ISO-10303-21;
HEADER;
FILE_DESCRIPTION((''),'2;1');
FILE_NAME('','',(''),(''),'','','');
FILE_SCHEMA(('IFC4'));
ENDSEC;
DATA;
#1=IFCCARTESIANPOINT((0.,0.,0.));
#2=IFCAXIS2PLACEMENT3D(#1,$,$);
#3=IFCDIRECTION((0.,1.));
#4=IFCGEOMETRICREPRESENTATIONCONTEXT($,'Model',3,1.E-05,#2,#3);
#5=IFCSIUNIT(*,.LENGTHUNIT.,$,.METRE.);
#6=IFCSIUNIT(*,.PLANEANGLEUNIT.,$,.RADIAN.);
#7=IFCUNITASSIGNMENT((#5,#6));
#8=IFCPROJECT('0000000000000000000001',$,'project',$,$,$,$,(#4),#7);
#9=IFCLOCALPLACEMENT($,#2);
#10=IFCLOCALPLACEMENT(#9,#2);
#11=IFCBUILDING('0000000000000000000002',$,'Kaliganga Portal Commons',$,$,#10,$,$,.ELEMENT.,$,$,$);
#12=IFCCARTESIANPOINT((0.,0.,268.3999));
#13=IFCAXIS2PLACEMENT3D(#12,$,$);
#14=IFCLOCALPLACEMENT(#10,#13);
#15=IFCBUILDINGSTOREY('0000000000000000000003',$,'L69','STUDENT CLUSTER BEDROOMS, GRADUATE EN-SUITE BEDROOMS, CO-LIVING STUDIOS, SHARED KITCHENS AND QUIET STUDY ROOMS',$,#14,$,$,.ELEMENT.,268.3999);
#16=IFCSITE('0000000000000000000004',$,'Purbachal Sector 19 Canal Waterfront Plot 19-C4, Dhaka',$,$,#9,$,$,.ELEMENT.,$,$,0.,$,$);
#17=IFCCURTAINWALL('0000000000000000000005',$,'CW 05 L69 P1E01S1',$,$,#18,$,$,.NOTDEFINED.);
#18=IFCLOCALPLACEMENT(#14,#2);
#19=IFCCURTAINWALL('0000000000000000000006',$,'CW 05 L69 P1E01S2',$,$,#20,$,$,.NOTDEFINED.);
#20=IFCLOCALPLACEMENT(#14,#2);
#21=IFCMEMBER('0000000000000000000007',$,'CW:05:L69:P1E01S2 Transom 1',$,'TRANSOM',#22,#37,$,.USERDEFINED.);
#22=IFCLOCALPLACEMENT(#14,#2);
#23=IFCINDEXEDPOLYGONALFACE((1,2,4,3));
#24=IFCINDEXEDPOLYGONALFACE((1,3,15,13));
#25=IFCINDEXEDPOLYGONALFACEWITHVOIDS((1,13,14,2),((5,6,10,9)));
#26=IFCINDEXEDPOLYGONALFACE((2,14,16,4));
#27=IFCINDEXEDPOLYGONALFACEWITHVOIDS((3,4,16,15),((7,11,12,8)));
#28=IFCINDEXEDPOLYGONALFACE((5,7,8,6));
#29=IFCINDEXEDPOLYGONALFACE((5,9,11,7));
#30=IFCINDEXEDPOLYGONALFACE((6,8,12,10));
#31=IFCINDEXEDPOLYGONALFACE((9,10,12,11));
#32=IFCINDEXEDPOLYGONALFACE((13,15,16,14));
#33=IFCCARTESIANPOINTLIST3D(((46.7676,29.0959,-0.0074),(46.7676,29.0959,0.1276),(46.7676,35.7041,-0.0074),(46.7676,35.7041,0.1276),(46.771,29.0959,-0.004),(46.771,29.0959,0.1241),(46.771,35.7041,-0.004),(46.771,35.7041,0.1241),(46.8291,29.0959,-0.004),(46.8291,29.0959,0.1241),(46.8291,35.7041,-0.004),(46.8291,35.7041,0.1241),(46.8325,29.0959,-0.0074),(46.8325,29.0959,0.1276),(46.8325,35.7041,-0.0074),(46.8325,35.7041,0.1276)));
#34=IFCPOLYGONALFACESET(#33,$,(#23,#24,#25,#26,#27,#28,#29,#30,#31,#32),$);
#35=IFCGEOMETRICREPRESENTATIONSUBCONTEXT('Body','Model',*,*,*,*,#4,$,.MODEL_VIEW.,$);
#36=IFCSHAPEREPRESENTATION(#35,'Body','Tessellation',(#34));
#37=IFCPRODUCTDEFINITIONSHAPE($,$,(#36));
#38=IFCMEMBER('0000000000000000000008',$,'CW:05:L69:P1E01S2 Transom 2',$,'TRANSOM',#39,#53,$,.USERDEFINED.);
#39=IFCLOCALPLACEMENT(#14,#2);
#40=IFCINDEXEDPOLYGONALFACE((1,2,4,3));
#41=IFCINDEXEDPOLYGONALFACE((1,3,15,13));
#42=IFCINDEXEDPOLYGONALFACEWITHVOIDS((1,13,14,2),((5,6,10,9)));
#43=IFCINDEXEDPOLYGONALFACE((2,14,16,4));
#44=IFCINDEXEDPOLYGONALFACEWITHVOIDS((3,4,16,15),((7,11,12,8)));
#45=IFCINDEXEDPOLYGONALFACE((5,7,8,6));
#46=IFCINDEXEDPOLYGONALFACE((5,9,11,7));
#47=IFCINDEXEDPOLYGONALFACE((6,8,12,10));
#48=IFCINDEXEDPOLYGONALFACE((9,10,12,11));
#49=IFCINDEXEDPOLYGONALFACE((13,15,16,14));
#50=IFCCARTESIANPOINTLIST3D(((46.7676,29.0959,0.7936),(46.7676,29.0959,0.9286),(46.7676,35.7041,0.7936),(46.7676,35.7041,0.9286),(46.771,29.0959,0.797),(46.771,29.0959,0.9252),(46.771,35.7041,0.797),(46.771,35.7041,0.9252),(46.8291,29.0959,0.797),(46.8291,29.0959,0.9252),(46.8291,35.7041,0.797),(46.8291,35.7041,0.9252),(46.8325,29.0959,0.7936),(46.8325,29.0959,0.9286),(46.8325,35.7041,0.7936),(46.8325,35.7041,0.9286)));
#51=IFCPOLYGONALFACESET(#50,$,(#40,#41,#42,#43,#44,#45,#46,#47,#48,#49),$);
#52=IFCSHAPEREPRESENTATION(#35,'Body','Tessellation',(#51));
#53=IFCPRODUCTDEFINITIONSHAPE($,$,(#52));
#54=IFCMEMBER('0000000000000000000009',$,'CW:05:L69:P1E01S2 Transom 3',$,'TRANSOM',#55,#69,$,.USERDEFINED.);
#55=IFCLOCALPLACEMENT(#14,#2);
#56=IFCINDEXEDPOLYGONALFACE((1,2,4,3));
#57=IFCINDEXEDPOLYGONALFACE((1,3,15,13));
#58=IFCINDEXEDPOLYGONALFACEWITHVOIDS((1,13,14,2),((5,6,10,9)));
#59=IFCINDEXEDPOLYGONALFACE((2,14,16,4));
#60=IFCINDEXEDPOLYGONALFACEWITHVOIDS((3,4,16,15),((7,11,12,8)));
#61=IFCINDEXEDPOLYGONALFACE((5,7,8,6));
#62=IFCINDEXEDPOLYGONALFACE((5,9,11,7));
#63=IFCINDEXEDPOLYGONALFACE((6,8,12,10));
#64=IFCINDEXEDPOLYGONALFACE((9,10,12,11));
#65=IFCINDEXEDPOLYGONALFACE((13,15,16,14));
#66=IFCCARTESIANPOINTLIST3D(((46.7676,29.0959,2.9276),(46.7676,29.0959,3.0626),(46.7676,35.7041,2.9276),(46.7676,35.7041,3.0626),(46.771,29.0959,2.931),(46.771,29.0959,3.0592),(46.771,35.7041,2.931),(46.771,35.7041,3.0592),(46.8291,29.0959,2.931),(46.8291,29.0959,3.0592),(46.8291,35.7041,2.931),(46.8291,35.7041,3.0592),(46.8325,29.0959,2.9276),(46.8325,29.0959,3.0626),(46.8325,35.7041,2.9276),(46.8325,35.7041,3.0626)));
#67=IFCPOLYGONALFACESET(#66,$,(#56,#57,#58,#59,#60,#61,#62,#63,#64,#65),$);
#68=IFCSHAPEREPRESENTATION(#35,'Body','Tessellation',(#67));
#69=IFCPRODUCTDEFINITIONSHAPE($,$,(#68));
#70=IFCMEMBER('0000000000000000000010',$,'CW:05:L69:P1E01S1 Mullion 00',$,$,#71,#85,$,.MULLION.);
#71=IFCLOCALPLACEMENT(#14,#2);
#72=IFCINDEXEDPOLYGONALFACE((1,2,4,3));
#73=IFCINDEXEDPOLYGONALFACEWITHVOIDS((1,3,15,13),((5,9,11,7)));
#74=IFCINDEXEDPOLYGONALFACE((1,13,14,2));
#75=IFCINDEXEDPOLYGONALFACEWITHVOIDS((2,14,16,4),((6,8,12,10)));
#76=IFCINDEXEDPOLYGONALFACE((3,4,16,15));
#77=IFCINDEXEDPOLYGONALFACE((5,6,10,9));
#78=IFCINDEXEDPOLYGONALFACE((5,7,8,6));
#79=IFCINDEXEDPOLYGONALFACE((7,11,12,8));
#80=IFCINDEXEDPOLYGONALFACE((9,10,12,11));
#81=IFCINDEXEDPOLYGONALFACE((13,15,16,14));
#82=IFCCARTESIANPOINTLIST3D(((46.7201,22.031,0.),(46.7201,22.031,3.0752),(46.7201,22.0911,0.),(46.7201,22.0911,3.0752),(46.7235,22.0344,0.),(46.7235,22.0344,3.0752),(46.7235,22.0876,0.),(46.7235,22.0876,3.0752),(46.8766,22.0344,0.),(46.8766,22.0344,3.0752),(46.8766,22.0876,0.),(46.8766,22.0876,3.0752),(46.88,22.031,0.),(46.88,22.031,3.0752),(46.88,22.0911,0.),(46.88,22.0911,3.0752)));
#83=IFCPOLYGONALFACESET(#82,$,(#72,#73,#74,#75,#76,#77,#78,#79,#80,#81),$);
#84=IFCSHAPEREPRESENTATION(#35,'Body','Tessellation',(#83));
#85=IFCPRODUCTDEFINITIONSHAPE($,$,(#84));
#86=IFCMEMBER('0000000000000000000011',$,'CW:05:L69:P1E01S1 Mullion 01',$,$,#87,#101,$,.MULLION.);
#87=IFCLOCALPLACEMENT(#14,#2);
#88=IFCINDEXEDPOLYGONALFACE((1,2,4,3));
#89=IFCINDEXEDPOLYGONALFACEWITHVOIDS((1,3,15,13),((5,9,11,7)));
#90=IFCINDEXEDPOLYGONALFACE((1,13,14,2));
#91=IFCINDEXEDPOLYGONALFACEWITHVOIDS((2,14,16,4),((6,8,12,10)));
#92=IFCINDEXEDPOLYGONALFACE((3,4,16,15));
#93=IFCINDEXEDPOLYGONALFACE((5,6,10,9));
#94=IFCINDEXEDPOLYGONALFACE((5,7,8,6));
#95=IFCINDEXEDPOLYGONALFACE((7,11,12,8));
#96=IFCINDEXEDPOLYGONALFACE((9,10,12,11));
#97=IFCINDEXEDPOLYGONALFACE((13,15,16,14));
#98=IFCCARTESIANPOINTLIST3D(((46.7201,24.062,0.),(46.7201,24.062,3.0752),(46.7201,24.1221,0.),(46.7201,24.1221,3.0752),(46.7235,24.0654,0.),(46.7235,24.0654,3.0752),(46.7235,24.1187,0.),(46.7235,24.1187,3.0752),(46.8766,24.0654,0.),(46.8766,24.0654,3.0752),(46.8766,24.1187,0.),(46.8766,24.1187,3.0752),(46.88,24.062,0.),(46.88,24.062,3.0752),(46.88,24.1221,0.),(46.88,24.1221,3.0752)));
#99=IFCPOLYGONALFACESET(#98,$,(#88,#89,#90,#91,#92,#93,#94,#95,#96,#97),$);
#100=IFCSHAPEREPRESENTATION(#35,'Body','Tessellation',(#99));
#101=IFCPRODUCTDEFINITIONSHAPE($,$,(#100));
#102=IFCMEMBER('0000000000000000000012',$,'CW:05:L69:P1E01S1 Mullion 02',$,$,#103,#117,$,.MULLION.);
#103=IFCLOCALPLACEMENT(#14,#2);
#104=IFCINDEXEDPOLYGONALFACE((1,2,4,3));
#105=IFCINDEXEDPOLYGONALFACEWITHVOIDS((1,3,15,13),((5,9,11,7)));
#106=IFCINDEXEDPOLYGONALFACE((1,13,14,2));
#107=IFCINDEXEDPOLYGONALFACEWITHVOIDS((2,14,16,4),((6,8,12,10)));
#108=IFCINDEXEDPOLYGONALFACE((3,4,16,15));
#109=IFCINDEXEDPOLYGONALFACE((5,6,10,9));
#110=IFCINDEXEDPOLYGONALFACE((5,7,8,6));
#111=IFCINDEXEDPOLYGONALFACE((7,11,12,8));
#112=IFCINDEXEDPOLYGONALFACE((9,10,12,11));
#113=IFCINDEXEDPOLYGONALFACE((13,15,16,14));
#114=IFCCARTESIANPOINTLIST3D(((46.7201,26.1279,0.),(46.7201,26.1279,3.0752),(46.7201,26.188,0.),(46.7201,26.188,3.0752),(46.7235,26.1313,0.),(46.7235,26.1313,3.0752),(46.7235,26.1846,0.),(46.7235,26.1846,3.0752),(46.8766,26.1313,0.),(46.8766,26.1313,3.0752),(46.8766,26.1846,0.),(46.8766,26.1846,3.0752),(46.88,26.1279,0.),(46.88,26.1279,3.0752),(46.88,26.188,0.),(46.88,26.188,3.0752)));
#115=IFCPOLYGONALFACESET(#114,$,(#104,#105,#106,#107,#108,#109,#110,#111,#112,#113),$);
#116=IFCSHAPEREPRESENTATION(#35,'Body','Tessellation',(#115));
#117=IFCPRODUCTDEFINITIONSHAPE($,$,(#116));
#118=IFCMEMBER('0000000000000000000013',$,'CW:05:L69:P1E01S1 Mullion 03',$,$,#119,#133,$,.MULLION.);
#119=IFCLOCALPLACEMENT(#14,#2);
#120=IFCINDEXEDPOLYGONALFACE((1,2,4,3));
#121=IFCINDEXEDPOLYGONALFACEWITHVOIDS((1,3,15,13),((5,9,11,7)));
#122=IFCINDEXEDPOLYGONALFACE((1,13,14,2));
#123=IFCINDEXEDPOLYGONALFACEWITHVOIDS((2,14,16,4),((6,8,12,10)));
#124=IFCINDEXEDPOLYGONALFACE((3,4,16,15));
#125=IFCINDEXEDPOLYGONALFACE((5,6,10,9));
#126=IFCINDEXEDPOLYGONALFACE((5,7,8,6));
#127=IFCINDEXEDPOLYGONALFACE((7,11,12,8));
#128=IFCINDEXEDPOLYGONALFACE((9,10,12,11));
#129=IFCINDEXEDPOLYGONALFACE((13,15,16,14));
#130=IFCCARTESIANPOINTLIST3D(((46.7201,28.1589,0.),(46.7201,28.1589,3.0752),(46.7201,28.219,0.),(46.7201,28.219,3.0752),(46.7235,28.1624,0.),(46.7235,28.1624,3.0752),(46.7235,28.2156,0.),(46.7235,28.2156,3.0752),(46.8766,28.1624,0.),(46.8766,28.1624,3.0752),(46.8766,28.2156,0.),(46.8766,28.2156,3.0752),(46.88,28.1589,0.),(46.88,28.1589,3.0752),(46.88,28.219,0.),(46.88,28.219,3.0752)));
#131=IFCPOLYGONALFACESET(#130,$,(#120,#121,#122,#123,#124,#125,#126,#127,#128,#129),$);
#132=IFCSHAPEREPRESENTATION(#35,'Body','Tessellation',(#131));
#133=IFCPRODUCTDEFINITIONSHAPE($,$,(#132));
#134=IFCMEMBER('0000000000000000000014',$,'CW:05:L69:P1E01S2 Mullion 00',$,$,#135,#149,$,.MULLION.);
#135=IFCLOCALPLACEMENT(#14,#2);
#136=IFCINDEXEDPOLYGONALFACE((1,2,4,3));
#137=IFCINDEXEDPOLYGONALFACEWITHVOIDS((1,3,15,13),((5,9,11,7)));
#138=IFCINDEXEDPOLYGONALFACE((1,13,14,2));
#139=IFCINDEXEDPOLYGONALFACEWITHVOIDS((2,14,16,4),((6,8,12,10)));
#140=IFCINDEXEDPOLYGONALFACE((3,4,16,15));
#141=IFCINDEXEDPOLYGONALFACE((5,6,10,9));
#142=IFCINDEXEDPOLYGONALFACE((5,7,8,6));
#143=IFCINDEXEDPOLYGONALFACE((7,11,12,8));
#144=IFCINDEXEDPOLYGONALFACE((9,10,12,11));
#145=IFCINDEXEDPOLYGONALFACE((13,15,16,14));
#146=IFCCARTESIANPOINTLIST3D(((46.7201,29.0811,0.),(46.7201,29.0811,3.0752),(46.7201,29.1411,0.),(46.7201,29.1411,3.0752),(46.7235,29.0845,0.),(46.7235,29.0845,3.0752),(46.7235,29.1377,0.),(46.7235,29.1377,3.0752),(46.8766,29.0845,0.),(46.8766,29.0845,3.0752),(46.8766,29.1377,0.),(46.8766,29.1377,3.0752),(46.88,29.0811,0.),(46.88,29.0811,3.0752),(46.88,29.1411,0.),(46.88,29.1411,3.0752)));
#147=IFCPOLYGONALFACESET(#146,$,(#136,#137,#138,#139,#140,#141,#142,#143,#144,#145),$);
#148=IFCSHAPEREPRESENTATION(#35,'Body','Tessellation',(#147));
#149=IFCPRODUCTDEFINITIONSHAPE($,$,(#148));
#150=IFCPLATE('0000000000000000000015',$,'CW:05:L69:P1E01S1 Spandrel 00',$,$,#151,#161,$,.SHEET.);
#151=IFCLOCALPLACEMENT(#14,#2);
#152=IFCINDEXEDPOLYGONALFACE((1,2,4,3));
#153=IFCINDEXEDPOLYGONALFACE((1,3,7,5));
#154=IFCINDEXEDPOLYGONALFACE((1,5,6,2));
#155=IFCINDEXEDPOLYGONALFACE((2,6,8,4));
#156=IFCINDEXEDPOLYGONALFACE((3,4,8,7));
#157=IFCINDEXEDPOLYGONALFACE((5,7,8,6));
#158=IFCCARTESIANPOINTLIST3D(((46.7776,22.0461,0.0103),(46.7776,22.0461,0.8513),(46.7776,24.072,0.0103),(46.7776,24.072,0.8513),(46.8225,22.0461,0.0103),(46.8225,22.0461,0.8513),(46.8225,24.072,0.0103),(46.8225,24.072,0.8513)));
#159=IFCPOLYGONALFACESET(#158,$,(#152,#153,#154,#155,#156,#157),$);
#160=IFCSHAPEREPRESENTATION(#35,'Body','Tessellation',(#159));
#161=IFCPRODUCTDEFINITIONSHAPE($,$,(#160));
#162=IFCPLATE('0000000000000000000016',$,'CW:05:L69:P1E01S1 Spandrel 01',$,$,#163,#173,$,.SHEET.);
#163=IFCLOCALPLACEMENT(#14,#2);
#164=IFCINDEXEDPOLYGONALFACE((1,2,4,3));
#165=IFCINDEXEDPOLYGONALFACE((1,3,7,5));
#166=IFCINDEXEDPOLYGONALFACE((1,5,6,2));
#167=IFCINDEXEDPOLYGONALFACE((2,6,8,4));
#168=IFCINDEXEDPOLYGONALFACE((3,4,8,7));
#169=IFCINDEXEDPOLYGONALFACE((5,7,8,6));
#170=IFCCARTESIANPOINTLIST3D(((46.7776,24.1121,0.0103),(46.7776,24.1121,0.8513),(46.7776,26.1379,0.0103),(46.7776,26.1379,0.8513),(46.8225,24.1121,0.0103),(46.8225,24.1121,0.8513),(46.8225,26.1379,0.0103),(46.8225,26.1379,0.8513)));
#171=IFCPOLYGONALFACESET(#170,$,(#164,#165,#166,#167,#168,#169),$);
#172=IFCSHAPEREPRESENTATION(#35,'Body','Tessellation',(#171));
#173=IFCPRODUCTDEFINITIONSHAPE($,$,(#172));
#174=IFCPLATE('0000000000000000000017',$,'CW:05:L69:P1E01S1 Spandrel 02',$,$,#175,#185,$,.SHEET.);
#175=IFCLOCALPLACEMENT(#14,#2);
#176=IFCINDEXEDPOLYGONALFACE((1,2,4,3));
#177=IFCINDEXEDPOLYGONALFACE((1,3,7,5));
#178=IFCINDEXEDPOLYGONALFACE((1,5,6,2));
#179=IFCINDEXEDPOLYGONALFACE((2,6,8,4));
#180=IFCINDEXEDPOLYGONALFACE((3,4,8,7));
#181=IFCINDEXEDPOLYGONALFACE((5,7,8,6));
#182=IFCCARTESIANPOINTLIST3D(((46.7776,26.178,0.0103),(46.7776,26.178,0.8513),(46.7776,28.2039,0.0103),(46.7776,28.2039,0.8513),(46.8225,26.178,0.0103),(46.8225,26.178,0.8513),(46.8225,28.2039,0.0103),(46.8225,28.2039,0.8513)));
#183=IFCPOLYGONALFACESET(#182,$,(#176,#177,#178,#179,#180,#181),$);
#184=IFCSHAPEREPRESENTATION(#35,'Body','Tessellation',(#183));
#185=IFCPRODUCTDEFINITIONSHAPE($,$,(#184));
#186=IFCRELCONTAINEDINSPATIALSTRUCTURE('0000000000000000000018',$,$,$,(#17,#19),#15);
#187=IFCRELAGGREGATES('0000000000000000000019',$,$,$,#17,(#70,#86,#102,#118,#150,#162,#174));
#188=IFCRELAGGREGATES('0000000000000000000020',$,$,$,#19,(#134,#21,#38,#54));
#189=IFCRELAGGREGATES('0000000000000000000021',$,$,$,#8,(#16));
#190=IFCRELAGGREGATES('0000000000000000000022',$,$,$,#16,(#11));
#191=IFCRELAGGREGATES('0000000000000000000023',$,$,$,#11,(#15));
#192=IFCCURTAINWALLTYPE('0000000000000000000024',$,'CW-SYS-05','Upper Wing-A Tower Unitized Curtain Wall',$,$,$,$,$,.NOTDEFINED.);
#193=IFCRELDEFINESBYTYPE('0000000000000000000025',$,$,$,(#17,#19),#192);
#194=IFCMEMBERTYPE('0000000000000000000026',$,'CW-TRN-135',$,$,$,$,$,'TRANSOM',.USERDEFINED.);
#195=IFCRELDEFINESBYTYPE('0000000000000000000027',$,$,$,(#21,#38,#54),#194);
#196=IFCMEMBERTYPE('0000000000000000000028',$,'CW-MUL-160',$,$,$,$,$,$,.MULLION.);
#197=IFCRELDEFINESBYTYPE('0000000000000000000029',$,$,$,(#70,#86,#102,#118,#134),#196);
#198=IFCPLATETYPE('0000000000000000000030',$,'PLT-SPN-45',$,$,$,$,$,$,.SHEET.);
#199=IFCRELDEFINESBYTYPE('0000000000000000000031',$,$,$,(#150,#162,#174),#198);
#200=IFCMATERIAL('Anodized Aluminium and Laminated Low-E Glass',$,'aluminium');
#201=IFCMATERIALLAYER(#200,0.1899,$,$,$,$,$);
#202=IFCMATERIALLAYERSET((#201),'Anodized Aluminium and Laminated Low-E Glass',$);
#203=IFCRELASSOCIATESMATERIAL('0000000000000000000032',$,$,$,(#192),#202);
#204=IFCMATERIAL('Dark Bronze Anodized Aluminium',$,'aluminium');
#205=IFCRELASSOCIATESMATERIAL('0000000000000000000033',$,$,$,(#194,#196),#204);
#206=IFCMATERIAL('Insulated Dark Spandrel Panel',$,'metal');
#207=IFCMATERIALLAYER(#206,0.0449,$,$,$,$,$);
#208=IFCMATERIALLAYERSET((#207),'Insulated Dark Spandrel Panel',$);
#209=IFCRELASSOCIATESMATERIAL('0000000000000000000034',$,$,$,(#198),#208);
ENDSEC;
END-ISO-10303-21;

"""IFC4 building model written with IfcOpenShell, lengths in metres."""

from ifc_helpers import new_model, si_unit, direction, frame, origin, origin_2d, place, context, subcontext, project, spatial, rectangle, hollow_rectangle, extrude, source, transform, mapped, material, layer, layer_set, material_profile, profile_set, type_object, element, aggregate, save


model = new_model("IFC4")

# Units and contexts
model_context = context("Model", 3, precision=1e-05, world=origin(), true_north=direction((0.0, 1.0)))
body_context = subcontext(model_context, "Body", "Model", "MODEL_VIEW")
ifc_project = project(units=[si_unit("LENGTHUNIT", "METRE"), si_unit("PLANEANGLEUNIT", "RADIAN")], contexts=[model_context])

# Site, building, storey
site_placement = place(None, origin())
site = spatial("IfcSite", under=ifc_project, at=site_placement, Name="Purbachal Sector 19 Canal Waterfront Plot 19-C4, Dhaka", CompositionType="ELEMENT", RefElevation=0.0)
building_placement = place(site_placement, origin())
building = spatial("IfcBuilding", under=site, at=building_placement, Name="Kaliganga Portal Commons", CompositionType="ELEMENT")
storey_placement = place(building_placement, frame((0.0, 0.0, 268.3999)))
storey = spatial("IfcBuildingStorey", under=building, at=storey_placement, Name="L69", Description="STUDENT CLUSTER BEDROOMS, GRADUATE EN-SUITE BEDROOMS, CO-LIVING STUDIOS, SHARED KITCHENS AND QUIET STUDY ROOMS", CompositionType="ELEMENT", Elevation=268.3999)

# Curtain walls, members
ifc_material_1 = material(Name="Anodized Aluminium and Laminated Low-E Glass", Category="aluminium")
ifc_layer_1 = layer(ifc_material_1, 0.1899)
ifc_layer_set_1 = layer_set([ifc_layer_1], Name="Anodized Aluminium and Laminated Low-E Glass")
curtain_wall_type = type_object("IfcCurtainWallType", Name="CW-SYS-05", Description="Upper Wing-A Tower Unitized Curtain Wall", PredefinedType="NOTDEFINED", material=ifc_layer_set_1)
curtain_wall_1_placement = place(storey_placement, origin())
curtain_wall_1 = element("IfcCurtainWall", 1, at=curtain_wall_1_placement, inside=storey, type_object=curtain_wall_type, Name="CW 05 L69 P1E01S1", PredefinedType="NOTDEFINED")
ifc_material_2 = material(Name="Dark Bronze Anodized Aluminium", Category="aluminium")
ifc_material_profile_1 = material_profile(ifc_material_2, hollow_rectangle(XDim=0.0649, YDim=0.135, WallThickness=0.0034, at=origin_2d()), Name="ALU TRAN 65x135x3.5")
ifc_profile_set_1 = profile_set([ifc_material_profile_1], Name="Dark Bronze Anodized Aluminium")
member_type_1 = type_object("IfcMemberType", Name="CW-TRN-135", ElementType="TRANSOM", PredefinedType="USERDEFINED", material=ifc_profile_set_1)
curtain_wall_2_placement = place(storey_placement, origin())
curtain_wall_2 = element("IfcCurtainWall", 2, at=curtain_wall_2_placement, inside=storey, type_object=curtain_wall_type, Name="CW 05 L69 P1E01S2", PredefinedType="NOTDEFINED")
shared_shape_1 = source(origin(), body_context, "Body", "SweptSolid", [
    extrude(hollow_rectangle(XDim=0.0649, YDim=0.135, WallThickness=0.0034, at=origin_2d()), origin(), (0.0, 0.0, 1.0), 6.6082),
])
member_1_placement = place(storey_placement, frame((46.8, 29.0959, 0.0601), z_axis=(0.0, 1.0, 0.0), x_axis=(-1.0, 0.0, 0.0)))
member_1 = element("IfcMember", 3, at=member_1_placement, type_object=member_type_1, Name="CW:05:L69:P1E01S2 Transom 1", ObjectType="TRANSOM", PredefinedType="USERDEFINED", context=body_context, shape_type="MappedRepresentation", body=[
    mapped(shared_shape_1, transform((0.0, 0.0, 0.0), x_axis=(1.0, 0.0, 0.0), y_axis=(0.0, 1.0, 0.0), z_axis=(0.0, 0.0, 1.0), scale=1.0)),
])
member_2_placement = place(storey_placement, frame((46.8, 29.0959, 0.8611), z_axis=(0.0, 1.0, 0.0), x_axis=(-1.0, 0.0, 0.0)))
member_2 = element("IfcMember", 4, at=member_2_placement, type_object=member_type_1, Name="CW:05:L69:P1E01S2 Transom 2", ObjectType="TRANSOM", PredefinedType="USERDEFINED", context=body_context, shape_type="MappedRepresentation", body=[
    mapped(shared_shape_1, transform((0.0, 0.0, 0.0), x_axis=(1.0, 0.0, 0.0), y_axis=(0.0, 1.0, 0.0), z_axis=(0.0, 0.0, 1.0), scale=1.0)),
])
member_3_placement = place(storey_placement, frame((46.8, 29.0959, 2.9951), z_axis=(0.0, 1.0, 0.0), x_axis=(-1.0, 0.0, 0.0)))
member_3 = element("IfcMember", 5, at=member_3_placement, type_object=member_type_1, Name="CW:05:L69:P1E01S2 Transom 3", ObjectType="TRANSOM", PredefinedType="USERDEFINED", context=body_context, shape_type="MappedRepresentation", body=[
    mapped(shared_shape_1, transform((0.0, 0.0, 0.0), x_axis=(1.0, 0.0, 0.0), y_axis=(0.0, 1.0, 0.0), z_axis=(0.0, 0.0, 1.0), scale=1.0)),
])

# Members
ifc_material_profile_2 = material_profile(ifc_material_2, hollow_rectangle(XDim=0.0601, YDim=0.1599, WallThickness=0.0034, at=origin_2d()), Name="ALU MULL 60x160x3.5")
ifc_profile_set_2 = profile_set([ifc_material_profile_2], Name="Dark Bronze Anodized Aluminium")
member_type_2 = type_object("IfcMemberType", Name="CW-MUL-160", PredefinedType="MULLION", material=ifc_profile_set_2)
shared_shape_2 = source(origin(), body_context, "Body", "SweptSolid", [
    extrude(hollow_rectangle(XDim=0.0601, YDim=0.1599, WallThickness=0.0034, at=origin_2d()), origin(), (0.0, 0.0, 1.0), 3.0752),
])
member_4_placement = place(storey_placement, frame((46.8, 22.061, 0.0), z_axis=(0.0, 0.0, 1.0), x_axis=(0.0, 1.0, 0.0)))
member_4 = element("IfcMember", 6, at=member_4_placement, type_object=member_type_2, Name="CW:05:L69:P1E01S1 Mullion 00", PredefinedType="MULLION", context=body_context, shape_type="MappedRepresentation", body=[
    mapped(shared_shape_2, transform((0.0, 0.0, 0.0), x_axis=(1.0, 0.0, 0.0), y_axis=(0.0, 1.0, 0.0), z_axis=(0.0, 0.0, 1.0), scale=1.0)),
])
member_5_placement = place(storey_placement, frame((46.8, 24.092, 0.0), z_axis=(0.0, 0.0, 1.0), x_axis=(0.0, 1.0, 0.0)))
member_5 = element("IfcMember", 7, at=member_5_placement, type_object=member_type_2, Name="CW:05:L69:P1E01S1 Mullion 01", PredefinedType="MULLION", context=body_context, shape_type="MappedRepresentation", body=[
    mapped(shared_shape_2, transform((0.0, 0.0, 0.0), x_axis=(1.0, 0.0, 0.0), y_axis=(0.0, 1.0, 0.0), z_axis=(0.0, 0.0, 1.0), scale=1.0)),
])
member_6_placement = place(storey_placement, frame((46.8, 26.158, 0.0), z_axis=(0.0, 0.0, 1.0), x_axis=(0.0, 1.0, 0.0)))
member_6 = element("IfcMember", 8, at=member_6_placement, type_object=member_type_2, Name="CW:05:L69:P1E01S1 Mullion 02", PredefinedType="MULLION", context=body_context, shape_type="MappedRepresentation", body=[
    mapped(shared_shape_2, transform((0.0, 0.0, 0.0), x_axis=(1.0, 0.0, 0.0), y_axis=(0.0, 1.0, 0.0), z_axis=(0.0, 0.0, 1.0), scale=1.0)),
])
member_7_placement = place(storey_placement, frame((46.8, 28.189, 0.0), z_axis=(0.0, 0.0, 1.0), x_axis=(0.0, 1.0, 0.0)))
member_7 = element("IfcMember", 9, at=member_7_placement, type_object=member_type_2, Name="CW:05:L69:P1E01S1 Mullion 03", PredefinedType="MULLION", context=body_context, shape_type="MappedRepresentation", body=[
    mapped(shared_shape_2, transform((0.0, 0.0, 0.0), x_axis=(1.0, 0.0, 0.0), y_axis=(0.0, 1.0, 0.0), z_axis=(0.0, 0.0, 1.0), scale=1.0)),
])
member_8_placement = place(storey_placement, frame((46.8, 29.1111, 0.0), z_axis=(0.0, 0.0, 1.0), x_axis=(0.0, 1.0, 0.0)))
member_8 = element("IfcMember", 10, at=member_8_placement, type_object=member_type_2, Name="CW:05:L69:P1E01S2 Mullion 00", PredefinedType="MULLION", context=body_context, shape_type="MappedRepresentation", body=[
    mapped(shared_shape_2, transform((0.0, 0.0, 0.0), x_axis=(1.0, 0.0, 0.0), y_axis=(0.0, 1.0, 0.0), z_axis=(0.0, 0.0, 1.0), scale=1.0)),
])

# Plates
ifc_material_3 = material(Name="Insulated Dark Spandrel Panel", Category="metal")
ifc_layer_2 = layer(ifc_material_3, 0.0449)
ifc_layer_set_2 = layer_set([ifc_layer_2], Name="Insulated Dark Spandrel Panel")
plate_type_1 = type_object("IfcPlateType", Name="PLT-SPN-45", PredefinedType="SHEET", material=ifc_layer_set_2)
shared_shape_3 = source(origin(), body_context, "Body", "SweptSolid", [
    extrude(rectangle(XDim=2.0259, YDim=0.0449, at=origin_2d()), origin(), (0.0, 0.0, 1.0), 0.8411),
])
plate_1_placement = place(storey_placement, frame((46.8, 23.0591, 0.0103), z_axis=(0.0, 0.0, 1.0), x_axis=(0.0, 1.0, 0.0)))
plate_1 = element("IfcPlate", 11, at=plate_1_placement, type_object=plate_type_1, Name="CW:05:L69:P1E01S1 Spandrel 00", PredefinedType="SHEET", context=body_context, shape_type="MappedRepresentation", body=[
    mapped(shared_shape_3, transform((0.0, 0.0, 0.0), x_axis=(1.0, 0.0, 0.0), y_axis=(0.0, 1.0, 0.0), z_axis=(0.0, 0.0, 1.0), scale=1.0)),
])
plate_2_placement = place(storey_placement, frame((46.8, 25.125, 0.0103), z_axis=(0.0, 0.0, 1.0), x_axis=(0.0, 1.0, 0.0)))
plate_2 = element("IfcPlate", 12, at=plate_2_placement, type_object=plate_type_1, Name="CW:05:L69:P1E01S1 Spandrel 01", PredefinedType="SHEET", context=body_context, shape_type="MappedRepresentation", body=[
    mapped(shared_shape_3, transform((0.0, 0.0, 0.0), x_axis=(1.0, 0.0, 0.0), y_axis=(0.0, 1.0, 0.0), z_axis=(0.0, 0.0, 1.0), scale=1.0)),
])
plate_3_placement = place(storey_placement, frame((46.8, 27.1909, 0.0103), z_axis=(0.0, 0.0, 1.0), x_axis=(0.0, 1.0, 0.0)))
plate_3 = element("IfcPlate", 13, at=plate_3_placement, type_object=plate_type_1, Name="CW:05:L69:P1E01S1 Spandrel 02", PredefinedType="SHEET", context=body_context, shape_type="MappedRepresentation", body=[
    mapped(shared_shape_3, transform((0.0, 0.0, 0.0), x_axis=(1.0, 0.0, 0.0), y_axis=(0.0, 1.0, 0.0), z_axis=(0.0, 0.0, 1.0), scale=1.0)),
])
aggregate(curtain_wall_1, [member_4, member_5, member_6, member_7, plate_1, plate_2, plate_3])
aggregate(curtain_wall_2, [member_8, member_1, member_2, member_3])

save(model, "model.ifc")
